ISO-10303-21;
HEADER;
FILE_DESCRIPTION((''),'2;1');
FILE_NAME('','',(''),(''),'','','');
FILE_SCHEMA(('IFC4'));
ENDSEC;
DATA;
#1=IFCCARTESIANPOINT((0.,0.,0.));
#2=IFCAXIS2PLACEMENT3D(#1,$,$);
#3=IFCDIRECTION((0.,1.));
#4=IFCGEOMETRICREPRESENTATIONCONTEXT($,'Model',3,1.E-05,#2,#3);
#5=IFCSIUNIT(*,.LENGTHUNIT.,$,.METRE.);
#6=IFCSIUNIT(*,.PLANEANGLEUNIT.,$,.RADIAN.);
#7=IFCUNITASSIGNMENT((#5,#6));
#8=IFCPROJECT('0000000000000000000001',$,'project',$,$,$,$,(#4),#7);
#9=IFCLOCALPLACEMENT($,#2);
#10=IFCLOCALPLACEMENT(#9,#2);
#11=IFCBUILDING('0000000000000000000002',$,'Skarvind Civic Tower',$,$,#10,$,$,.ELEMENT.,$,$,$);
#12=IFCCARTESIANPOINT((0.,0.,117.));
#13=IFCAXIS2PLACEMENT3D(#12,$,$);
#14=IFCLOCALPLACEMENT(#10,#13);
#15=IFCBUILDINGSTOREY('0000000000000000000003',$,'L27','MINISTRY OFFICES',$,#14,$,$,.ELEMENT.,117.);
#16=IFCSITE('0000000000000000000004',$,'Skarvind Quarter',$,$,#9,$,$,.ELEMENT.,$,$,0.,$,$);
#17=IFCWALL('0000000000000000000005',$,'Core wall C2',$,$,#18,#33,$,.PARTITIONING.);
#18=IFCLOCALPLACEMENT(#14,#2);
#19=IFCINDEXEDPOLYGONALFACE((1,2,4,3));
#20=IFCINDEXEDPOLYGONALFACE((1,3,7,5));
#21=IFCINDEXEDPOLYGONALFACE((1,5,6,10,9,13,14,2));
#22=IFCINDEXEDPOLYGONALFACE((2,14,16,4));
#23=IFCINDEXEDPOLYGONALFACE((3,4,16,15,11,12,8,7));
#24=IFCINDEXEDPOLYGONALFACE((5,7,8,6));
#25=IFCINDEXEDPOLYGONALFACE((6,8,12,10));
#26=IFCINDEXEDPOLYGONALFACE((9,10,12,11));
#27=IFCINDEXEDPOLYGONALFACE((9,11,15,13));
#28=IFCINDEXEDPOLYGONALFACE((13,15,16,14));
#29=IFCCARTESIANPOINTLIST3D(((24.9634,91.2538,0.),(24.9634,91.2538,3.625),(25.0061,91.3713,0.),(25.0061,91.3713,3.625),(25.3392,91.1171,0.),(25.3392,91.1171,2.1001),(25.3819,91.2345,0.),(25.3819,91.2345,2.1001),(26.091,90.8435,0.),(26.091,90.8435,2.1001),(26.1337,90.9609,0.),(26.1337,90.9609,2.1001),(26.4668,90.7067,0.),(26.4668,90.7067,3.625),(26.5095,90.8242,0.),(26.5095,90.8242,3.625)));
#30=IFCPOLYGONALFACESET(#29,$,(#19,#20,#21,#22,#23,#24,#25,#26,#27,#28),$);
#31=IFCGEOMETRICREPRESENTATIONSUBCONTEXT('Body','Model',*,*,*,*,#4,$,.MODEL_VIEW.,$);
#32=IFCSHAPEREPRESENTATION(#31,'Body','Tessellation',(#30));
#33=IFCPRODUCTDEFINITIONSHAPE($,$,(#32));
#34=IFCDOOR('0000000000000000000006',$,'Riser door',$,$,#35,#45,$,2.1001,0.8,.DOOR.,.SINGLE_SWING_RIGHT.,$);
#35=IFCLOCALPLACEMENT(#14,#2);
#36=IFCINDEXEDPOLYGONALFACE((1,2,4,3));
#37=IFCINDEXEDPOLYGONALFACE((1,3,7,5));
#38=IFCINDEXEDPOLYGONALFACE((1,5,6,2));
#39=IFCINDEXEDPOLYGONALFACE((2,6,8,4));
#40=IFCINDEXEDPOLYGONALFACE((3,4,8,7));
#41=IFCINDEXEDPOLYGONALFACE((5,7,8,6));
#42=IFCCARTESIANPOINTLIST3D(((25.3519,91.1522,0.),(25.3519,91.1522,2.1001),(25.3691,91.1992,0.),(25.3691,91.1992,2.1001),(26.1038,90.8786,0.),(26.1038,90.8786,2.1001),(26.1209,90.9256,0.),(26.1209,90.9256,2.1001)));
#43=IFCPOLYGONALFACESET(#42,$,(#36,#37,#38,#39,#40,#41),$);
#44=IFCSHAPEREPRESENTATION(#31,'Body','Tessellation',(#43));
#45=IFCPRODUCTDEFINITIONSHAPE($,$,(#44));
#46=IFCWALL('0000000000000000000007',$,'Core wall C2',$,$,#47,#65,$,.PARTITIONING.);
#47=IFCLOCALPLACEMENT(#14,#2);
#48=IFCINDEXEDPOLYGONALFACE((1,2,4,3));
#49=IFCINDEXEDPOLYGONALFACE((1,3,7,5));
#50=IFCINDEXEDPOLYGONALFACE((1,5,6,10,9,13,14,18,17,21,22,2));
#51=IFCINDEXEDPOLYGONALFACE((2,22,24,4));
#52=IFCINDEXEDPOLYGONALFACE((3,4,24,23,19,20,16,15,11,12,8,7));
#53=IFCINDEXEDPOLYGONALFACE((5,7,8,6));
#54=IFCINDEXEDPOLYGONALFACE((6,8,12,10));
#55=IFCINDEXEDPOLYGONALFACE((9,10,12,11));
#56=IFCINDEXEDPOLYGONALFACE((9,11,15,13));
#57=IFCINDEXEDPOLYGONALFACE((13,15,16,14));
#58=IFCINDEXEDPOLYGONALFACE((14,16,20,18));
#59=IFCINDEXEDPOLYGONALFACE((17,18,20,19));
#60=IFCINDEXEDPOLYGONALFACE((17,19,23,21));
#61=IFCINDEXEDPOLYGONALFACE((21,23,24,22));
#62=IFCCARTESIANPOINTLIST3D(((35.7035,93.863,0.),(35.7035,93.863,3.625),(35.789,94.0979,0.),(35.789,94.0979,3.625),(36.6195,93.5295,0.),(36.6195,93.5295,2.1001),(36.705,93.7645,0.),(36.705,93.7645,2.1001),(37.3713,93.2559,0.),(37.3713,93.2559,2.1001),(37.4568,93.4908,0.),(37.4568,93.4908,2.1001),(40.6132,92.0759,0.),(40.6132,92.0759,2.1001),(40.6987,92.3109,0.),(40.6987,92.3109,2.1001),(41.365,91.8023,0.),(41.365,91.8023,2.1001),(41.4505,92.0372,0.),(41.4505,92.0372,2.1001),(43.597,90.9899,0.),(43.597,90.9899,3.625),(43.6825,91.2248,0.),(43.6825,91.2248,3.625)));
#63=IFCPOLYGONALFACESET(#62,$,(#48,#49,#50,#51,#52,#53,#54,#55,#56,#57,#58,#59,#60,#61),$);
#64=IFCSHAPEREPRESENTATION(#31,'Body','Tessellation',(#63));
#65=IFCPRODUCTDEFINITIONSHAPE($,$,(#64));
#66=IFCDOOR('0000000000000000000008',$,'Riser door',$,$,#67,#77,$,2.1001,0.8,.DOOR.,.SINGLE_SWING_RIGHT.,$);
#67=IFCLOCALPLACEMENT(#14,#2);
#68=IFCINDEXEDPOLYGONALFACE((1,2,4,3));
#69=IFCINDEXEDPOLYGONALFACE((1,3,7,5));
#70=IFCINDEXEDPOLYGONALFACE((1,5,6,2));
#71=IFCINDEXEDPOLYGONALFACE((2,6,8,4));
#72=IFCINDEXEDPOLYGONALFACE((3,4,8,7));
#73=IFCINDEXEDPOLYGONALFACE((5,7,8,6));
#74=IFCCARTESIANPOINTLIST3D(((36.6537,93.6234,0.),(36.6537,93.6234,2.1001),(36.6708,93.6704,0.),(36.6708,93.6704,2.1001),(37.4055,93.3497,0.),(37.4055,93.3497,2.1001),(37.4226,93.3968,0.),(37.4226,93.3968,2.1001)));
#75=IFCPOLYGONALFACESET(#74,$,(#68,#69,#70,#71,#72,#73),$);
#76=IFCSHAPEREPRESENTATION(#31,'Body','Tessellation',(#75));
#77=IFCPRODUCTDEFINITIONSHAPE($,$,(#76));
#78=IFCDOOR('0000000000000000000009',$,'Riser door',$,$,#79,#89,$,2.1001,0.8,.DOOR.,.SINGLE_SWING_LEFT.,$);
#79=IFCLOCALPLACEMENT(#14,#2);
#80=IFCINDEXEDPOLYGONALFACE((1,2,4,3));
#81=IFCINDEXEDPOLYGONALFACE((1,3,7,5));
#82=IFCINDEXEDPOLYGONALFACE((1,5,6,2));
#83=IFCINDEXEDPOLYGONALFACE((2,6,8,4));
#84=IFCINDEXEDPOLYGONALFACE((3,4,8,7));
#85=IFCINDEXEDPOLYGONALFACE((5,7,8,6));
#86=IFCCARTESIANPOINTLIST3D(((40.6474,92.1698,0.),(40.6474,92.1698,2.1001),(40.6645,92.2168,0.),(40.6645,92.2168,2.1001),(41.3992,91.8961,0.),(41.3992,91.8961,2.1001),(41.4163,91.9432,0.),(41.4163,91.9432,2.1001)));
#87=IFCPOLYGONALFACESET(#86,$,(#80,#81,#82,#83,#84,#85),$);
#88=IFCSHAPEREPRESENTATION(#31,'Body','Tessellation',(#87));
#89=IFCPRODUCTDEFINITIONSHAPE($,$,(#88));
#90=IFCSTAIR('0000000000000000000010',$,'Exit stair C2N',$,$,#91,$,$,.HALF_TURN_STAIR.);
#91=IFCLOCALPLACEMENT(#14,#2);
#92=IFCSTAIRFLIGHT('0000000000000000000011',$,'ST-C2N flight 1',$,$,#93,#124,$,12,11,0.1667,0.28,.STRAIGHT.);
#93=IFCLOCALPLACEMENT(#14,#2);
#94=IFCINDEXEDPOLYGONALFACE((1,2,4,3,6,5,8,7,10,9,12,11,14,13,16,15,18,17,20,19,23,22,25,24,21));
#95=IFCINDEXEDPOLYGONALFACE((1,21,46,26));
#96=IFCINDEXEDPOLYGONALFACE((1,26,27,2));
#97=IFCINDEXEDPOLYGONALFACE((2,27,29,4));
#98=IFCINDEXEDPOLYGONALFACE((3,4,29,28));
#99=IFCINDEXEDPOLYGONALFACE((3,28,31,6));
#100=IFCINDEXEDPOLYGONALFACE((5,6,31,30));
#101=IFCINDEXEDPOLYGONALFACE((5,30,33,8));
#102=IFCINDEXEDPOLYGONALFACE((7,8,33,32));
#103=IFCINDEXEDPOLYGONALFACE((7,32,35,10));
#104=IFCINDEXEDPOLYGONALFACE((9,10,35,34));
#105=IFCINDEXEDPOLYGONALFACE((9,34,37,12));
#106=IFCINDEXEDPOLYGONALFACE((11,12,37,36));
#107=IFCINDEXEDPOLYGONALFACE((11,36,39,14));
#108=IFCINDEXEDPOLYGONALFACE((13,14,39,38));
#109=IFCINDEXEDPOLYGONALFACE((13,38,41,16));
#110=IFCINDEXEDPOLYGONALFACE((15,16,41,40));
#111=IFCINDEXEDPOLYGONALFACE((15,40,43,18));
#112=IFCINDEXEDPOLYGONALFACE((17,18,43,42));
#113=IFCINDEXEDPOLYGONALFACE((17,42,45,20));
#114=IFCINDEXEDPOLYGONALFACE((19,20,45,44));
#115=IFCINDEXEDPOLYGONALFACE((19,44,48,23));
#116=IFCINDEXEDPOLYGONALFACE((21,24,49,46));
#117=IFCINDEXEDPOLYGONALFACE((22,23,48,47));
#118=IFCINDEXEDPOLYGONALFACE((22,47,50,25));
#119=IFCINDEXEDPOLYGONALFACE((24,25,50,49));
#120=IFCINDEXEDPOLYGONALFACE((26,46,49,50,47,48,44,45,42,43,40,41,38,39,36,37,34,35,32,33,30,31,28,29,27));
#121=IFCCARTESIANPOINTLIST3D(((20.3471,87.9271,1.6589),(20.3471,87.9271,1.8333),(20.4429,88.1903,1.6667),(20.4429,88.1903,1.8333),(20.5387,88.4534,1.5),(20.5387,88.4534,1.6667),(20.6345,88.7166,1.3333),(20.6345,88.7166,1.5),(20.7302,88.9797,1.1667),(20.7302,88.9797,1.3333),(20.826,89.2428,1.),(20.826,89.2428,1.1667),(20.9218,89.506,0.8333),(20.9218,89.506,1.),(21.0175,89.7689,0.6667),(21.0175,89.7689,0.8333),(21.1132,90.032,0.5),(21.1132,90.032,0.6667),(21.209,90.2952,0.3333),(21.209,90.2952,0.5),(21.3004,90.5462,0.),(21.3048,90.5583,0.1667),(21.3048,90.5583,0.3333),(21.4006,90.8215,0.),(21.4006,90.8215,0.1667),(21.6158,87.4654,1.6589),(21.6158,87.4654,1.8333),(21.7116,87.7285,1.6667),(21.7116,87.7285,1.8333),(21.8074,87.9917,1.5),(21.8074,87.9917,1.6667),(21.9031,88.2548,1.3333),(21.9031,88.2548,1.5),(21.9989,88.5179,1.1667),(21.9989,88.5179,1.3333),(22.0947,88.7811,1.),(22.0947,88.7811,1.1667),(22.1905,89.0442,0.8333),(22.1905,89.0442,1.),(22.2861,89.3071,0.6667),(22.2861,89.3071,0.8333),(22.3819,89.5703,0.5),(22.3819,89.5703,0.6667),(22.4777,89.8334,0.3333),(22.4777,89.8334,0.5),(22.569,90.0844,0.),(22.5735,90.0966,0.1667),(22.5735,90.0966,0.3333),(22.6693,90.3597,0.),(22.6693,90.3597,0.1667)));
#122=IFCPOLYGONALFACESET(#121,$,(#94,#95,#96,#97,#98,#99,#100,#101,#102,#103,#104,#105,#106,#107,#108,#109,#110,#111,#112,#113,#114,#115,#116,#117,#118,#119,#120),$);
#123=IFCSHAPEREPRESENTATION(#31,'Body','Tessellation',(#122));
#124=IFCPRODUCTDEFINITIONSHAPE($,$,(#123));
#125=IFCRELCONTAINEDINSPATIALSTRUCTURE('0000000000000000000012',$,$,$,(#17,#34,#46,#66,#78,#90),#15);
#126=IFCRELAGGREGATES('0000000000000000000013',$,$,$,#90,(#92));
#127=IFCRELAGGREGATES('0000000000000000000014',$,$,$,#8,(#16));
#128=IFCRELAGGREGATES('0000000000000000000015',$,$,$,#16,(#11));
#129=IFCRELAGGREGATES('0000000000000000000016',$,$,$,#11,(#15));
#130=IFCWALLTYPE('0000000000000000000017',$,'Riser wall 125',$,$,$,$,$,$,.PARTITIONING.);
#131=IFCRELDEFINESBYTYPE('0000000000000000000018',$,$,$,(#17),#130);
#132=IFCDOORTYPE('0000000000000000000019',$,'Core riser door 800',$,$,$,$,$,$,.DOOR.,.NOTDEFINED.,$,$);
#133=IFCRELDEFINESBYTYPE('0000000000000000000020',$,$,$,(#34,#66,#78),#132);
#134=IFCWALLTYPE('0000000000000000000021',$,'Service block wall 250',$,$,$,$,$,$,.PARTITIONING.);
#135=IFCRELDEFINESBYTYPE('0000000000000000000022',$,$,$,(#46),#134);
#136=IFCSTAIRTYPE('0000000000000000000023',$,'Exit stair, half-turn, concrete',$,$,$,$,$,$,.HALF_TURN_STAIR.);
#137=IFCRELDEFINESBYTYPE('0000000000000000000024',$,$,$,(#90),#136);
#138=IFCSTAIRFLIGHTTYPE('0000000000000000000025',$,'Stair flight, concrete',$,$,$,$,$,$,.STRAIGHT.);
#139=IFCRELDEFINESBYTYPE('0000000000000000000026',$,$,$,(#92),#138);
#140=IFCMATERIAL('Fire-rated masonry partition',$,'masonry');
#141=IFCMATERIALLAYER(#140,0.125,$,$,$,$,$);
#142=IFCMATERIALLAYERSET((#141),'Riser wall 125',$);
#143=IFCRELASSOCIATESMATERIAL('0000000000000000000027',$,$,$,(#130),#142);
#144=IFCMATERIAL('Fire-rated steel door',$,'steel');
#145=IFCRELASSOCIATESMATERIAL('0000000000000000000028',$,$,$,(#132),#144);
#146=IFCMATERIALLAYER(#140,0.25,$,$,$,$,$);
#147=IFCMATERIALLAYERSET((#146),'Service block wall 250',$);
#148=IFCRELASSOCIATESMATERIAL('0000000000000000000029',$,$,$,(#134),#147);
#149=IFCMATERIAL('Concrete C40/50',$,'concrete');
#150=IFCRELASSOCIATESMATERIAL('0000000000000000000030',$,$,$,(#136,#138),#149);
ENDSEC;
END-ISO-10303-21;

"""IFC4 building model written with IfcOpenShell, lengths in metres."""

from ifc_helpers import new_model, si_unit, direction, frame, frame_2d, origin, place, context, subcontext, project, spatial, polyline, rectangle, outline, extrude, material, layer, layer_set, type_object, element, fill, aggregate, save


model = new_model("IFC4")

# Units and contexts
model_context = context("Model", 3, precision=1e-05, world=origin(), true_north=direction((0.0, 1.0)))
body_context = subcontext(model_context, "Body", "Model", "MODEL_VIEW")
ifc_project = project(units=[si_unit("LENGTHUNIT", "METRE"), si_unit("PLANEANGLEUNIT", "RADIAN")], contexts=[model_context])

# Site, building, storey
site_placement = place(None, origin())
site = spatial("IfcSite", under=ifc_project, at=site_placement, Name="Skarvind Quarter", CompositionType="ELEMENT", RefElevation=0.0)
building_placement = place(site_placement, origin())
building = spatial("IfcBuilding", under=site, at=building_placement, Name="Skarvind Civic Tower", CompositionType="ELEMENT")
storey_placement = place(building_placement, frame((0.0, 0.0, 117.0)))
storey = spatial("IfcBuildingStorey", under=building, at=storey_placement, Name="L27", Description="MINISTRY OFFICES", CompositionType="ELEMENT", Elevation=117.0)

# Shared definitions
ifc_material_1 = material(Name="Fire-rated masonry partition", Category="masonry")
ifc_material_2 = material(Name="Fire-rated steel door", Category="steel")

# Wall, opening, door
ifc_layer_1 = layer(ifc_material_1, 0.125)
ifc_layer_set_1 = layer_set([ifc_layer_1], Name="Riser wall 125")
wall_type_1 = type_object("IfcWallType", Name="Riser wall 125", PredefinedType="PARTITIONING", material=ifc_layer_set_1)
wall_1_placement = place(storey_placement, frame((24.9849, 91.3125, 0.0), z_axis=(0.0, 0.0, 1.0), x_axis=(0.939709, -0.341976, 0.0)))
wall_1 = element("IfcWall", 1, at=wall_1_placement, inside=storey, type_object=wall_type_1, Name="Core wall C2", PredefinedType="PARTITIONING", context=body_context, shape_type="SweptSolid", body=[
    extrude(rectangle(XDim=1.5999, YDim=0.125, at=frame_2d((0.7998, 0.0))), origin(), (0.0, 0.0, 1.0), 3.625),
])
opening_1_placement = place(wall_1_placement, frame((0.3999, 0.0, 0.0)))
opening_1 = element("IfcOpeningElement", 2, at=opening_1_placement, cuts=wall_1, PredefinedType="OPENING", context=body_context, shape_type="SweptSolid", body=[
    extrude(rectangle(XDim=0.8, YDim=2.1001, at=frame_2d((0.3999, 1.05))), frame((0.0, 0.0725, 0.0), z_axis=(0.0, -1.0, 0.0), x_axis=(1.0, 0.0, 0.0)), (0.0, 0.0, 1.0), 0.145),
])
door_type_1 = type_object("IfcDoorType", Name="Core riser door 800", OperationType="NOTDEFINED", PredefinedType="DOOR", material=ifc_material_2)
door_1_placement = place(opening_1_placement, origin())
door_1 = element("IfcDoor", 3, at=door_1_placement, inside=storey, type_object=door_type_1, Name="Riser door", OperationType="SINGLE_SWING_RIGHT", OverallHeight=2.1001, OverallWidth=0.8, PredefinedType="DOOR", context=body_context, shape_type="SweptSolid", body=[
    extrude(rectangle(XDim=0.8, YDim=2.1001, at=frame_2d((0.3999, 1.05))), frame((0.0, 0.0249, 0.0), z_axis=(0.0, -1.0, 0.0), x_axis=(1.0, 0.0, 0.0)), (0.0, 0.0, 1.0), 0.05),
])
fill(opening_1, door_1)

# Wall, openings, doors
ifc_layer_2 = layer(ifc_material_1, 0.25)
ifc_layer_set_2 = layer_set([ifc_layer_2], Name="Service block wall 250")
wall_type_2 = type_object("IfcWallType", Name="Service block wall 250", PredefinedType="PARTITIONING", material=ifc_layer_set_2)
wall_2_placement = place(storey_placement, frame((35.7461, 93.9805, 0.0), z_axis=(0.0, 0.0, 1.0), x_axis=(0.939692, -0.342023, 0.0)))
wall_2 = element("IfcWall", 4, at=wall_2_placement, inside=storey, type_object=wall_type_2, Name="Core wall C2", PredefinedType="PARTITIONING", context=body_context, shape_type="SweptSolid", body=[
    extrude(rectangle(XDim=8.4001, YDim=0.25, at=frame_2d((4.2002, 0.0))), origin(), (0.0, 0.0, 1.0), 3.625),
])
opening_2_placement = place(wall_2_placement, frame((0.9751, 0.0, 0.0)))
opening_2 = element("IfcOpeningElement", 5, at=opening_2_placement, cuts=wall_2, PredefinedType="OPENING", context=body_context, shape_type="SweptSolid", body=[
    extrude(rectangle(XDim=0.8, YDim=2.1001, at=frame_2d((0.3999, 1.05))), frame((0.0, 0.135, 0.0), z_axis=(0.0, -1.0, 0.0), x_axis=(1.0, 0.0, 0.0)), (0.0, 0.0, 1.0), 0.27),
])
opening_3_placement = place(wall_2_placement, frame((5.2251, 0.0, 0.0)))
opening_3 = element("IfcOpeningElement", 6, at=opening_3_placement, cuts=wall_2, PredefinedType="OPENING", context=body_context, shape_type="SweptSolid", body=[
    extrude(rectangle(XDim=0.8, YDim=2.1001, at=frame_2d((0.3999, 1.05))), frame((0.0, 0.135, 0.0), z_axis=(0.0, -1.0, 0.0), x_axis=(1.0, 0.0, 0.0)), (0.0, 0.0, 1.0), 0.27),
])
door_2_placement = place(opening_2_placement, origin())
door_2 = element("IfcDoor", 7, at=door_2_placement, inside=storey, type_object=door_type_1, Name="Riser door", OperationType="SINGLE_SWING_RIGHT", OverallHeight=2.1001, OverallWidth=0.8, PredefinedType="DOOR", context=body_context, shape_type="SweptSolid", body=[
    extrude(rectangle(XDim=0.8, YDim=2.1001, at=frame_2d((0.3999, 1.05))), frame((0.0, 0.0249, 0.0), z_axis=(0.0, -1.0, 0.0), x_axis=(1.0, 0.0, 0.0)), (0.0, 0.0, 1.0), 0.05),
])
fill(opening_2, door_2)
door_3_placement = place(opening_3_placement, origin())
door_3 = element("IfcDoor", 8, at=door_3_placement, inside=storey, type_object=door_type_1, Name="Riser door", OperationType="SINGLE_SWING_LEFT", OverallHeight=2.1001, OverallWidth=0.8, PredefinedType="DOOR", context=body_context, shape_type="SweptSolid", body=[
    extrude(rectangle(XDim=0.8, YDim=2.1001, at=frame_2d((0.3999, 1.05))), frame((0.0, 0.0249, 0.0), z_axis=(0.0, -1.0, 0.0), x_axis=(1.0, 0.0, 0.0)), (0.0, 0.0, 1.0), 0.05),
])
fill(opening_3, door_3)

# Stair, stair flight
ifc_material_3 = material(Name="Concrete C40/50", Category="concrete")
stair_type = type_object("IfcStairType", Name="Exit stair, half-turn, concrete", PredefinedType="HALF_TURN_STAIR", material=ifc_material_3)
stair_placement = place(storey_placement, origin())
stair = element("IfcStair", 9, at=stair_placement, inside=storey, type_object=stair_type, Name="Exit stair C2N", PredefinedType="HALF_TURN_STAIR")
stair_flight_type = type_object("IfcStairFlightType", Name="Stair flight, concrete", PredefinedType="STRAIGHT", material=ifc_material_3)
stair_flight_placement = place(storey_placement, frame((22.0349, 90.5906, 0.0), z_axis=(0.0, 0.0, 1.0), x_axis=(-0.34202, -0.939693, 0.0)))
stair_flight = element("IfcStairFlight", 10, at=stair_flight_placement, type_object=stair_flight_type, Name="ST-C2N flight 1", NumberOfRisers=12, NumberOfTreads=11, PredefinedType="STRAIGHT", RiserHeight=0.1667, TreadLength=0.28, context=body_context, shape_type="SweptSolid", body=[
    extrude(outline(polyline([(0.0, 0.0), (0.0, 0.1667), (0.28, 0.1667), (0.28, 0.3333), (0.5601, 0.3333), (0.5601, 0.5), (0.8401, 0.5), (0.8401, 0.6667), (1.1201, 0.6667), (1.1201, 0.8333), (1.3999, 0.8333), (1.3999, 1.0), (1.6799, 1.0), (1.6799, 1.1667), (1.96, 1.1667), (1.96, 1.3333), (2.24, 1.3333), (2.24, 1.5), (2.52, 1.5), (2.52, 1.6667), (2.8, 1.6667), (2.8, 1.8333), (3.0801, 1.8333), (3.0801, 2.0), (3.0801, 1.6589), (0.293, 0.0), (0.0, 0.0)])), frame((0.0, 0.675, 0.0), z_axis=(0.0, -1.0, 0.0), x_axis=(1.0, 0.0, 0.0)), (0.0, 0.0, 1.0), 1.3501),
])
aggregate(stair, [stair_flight])

save(model, "model.ifc")
